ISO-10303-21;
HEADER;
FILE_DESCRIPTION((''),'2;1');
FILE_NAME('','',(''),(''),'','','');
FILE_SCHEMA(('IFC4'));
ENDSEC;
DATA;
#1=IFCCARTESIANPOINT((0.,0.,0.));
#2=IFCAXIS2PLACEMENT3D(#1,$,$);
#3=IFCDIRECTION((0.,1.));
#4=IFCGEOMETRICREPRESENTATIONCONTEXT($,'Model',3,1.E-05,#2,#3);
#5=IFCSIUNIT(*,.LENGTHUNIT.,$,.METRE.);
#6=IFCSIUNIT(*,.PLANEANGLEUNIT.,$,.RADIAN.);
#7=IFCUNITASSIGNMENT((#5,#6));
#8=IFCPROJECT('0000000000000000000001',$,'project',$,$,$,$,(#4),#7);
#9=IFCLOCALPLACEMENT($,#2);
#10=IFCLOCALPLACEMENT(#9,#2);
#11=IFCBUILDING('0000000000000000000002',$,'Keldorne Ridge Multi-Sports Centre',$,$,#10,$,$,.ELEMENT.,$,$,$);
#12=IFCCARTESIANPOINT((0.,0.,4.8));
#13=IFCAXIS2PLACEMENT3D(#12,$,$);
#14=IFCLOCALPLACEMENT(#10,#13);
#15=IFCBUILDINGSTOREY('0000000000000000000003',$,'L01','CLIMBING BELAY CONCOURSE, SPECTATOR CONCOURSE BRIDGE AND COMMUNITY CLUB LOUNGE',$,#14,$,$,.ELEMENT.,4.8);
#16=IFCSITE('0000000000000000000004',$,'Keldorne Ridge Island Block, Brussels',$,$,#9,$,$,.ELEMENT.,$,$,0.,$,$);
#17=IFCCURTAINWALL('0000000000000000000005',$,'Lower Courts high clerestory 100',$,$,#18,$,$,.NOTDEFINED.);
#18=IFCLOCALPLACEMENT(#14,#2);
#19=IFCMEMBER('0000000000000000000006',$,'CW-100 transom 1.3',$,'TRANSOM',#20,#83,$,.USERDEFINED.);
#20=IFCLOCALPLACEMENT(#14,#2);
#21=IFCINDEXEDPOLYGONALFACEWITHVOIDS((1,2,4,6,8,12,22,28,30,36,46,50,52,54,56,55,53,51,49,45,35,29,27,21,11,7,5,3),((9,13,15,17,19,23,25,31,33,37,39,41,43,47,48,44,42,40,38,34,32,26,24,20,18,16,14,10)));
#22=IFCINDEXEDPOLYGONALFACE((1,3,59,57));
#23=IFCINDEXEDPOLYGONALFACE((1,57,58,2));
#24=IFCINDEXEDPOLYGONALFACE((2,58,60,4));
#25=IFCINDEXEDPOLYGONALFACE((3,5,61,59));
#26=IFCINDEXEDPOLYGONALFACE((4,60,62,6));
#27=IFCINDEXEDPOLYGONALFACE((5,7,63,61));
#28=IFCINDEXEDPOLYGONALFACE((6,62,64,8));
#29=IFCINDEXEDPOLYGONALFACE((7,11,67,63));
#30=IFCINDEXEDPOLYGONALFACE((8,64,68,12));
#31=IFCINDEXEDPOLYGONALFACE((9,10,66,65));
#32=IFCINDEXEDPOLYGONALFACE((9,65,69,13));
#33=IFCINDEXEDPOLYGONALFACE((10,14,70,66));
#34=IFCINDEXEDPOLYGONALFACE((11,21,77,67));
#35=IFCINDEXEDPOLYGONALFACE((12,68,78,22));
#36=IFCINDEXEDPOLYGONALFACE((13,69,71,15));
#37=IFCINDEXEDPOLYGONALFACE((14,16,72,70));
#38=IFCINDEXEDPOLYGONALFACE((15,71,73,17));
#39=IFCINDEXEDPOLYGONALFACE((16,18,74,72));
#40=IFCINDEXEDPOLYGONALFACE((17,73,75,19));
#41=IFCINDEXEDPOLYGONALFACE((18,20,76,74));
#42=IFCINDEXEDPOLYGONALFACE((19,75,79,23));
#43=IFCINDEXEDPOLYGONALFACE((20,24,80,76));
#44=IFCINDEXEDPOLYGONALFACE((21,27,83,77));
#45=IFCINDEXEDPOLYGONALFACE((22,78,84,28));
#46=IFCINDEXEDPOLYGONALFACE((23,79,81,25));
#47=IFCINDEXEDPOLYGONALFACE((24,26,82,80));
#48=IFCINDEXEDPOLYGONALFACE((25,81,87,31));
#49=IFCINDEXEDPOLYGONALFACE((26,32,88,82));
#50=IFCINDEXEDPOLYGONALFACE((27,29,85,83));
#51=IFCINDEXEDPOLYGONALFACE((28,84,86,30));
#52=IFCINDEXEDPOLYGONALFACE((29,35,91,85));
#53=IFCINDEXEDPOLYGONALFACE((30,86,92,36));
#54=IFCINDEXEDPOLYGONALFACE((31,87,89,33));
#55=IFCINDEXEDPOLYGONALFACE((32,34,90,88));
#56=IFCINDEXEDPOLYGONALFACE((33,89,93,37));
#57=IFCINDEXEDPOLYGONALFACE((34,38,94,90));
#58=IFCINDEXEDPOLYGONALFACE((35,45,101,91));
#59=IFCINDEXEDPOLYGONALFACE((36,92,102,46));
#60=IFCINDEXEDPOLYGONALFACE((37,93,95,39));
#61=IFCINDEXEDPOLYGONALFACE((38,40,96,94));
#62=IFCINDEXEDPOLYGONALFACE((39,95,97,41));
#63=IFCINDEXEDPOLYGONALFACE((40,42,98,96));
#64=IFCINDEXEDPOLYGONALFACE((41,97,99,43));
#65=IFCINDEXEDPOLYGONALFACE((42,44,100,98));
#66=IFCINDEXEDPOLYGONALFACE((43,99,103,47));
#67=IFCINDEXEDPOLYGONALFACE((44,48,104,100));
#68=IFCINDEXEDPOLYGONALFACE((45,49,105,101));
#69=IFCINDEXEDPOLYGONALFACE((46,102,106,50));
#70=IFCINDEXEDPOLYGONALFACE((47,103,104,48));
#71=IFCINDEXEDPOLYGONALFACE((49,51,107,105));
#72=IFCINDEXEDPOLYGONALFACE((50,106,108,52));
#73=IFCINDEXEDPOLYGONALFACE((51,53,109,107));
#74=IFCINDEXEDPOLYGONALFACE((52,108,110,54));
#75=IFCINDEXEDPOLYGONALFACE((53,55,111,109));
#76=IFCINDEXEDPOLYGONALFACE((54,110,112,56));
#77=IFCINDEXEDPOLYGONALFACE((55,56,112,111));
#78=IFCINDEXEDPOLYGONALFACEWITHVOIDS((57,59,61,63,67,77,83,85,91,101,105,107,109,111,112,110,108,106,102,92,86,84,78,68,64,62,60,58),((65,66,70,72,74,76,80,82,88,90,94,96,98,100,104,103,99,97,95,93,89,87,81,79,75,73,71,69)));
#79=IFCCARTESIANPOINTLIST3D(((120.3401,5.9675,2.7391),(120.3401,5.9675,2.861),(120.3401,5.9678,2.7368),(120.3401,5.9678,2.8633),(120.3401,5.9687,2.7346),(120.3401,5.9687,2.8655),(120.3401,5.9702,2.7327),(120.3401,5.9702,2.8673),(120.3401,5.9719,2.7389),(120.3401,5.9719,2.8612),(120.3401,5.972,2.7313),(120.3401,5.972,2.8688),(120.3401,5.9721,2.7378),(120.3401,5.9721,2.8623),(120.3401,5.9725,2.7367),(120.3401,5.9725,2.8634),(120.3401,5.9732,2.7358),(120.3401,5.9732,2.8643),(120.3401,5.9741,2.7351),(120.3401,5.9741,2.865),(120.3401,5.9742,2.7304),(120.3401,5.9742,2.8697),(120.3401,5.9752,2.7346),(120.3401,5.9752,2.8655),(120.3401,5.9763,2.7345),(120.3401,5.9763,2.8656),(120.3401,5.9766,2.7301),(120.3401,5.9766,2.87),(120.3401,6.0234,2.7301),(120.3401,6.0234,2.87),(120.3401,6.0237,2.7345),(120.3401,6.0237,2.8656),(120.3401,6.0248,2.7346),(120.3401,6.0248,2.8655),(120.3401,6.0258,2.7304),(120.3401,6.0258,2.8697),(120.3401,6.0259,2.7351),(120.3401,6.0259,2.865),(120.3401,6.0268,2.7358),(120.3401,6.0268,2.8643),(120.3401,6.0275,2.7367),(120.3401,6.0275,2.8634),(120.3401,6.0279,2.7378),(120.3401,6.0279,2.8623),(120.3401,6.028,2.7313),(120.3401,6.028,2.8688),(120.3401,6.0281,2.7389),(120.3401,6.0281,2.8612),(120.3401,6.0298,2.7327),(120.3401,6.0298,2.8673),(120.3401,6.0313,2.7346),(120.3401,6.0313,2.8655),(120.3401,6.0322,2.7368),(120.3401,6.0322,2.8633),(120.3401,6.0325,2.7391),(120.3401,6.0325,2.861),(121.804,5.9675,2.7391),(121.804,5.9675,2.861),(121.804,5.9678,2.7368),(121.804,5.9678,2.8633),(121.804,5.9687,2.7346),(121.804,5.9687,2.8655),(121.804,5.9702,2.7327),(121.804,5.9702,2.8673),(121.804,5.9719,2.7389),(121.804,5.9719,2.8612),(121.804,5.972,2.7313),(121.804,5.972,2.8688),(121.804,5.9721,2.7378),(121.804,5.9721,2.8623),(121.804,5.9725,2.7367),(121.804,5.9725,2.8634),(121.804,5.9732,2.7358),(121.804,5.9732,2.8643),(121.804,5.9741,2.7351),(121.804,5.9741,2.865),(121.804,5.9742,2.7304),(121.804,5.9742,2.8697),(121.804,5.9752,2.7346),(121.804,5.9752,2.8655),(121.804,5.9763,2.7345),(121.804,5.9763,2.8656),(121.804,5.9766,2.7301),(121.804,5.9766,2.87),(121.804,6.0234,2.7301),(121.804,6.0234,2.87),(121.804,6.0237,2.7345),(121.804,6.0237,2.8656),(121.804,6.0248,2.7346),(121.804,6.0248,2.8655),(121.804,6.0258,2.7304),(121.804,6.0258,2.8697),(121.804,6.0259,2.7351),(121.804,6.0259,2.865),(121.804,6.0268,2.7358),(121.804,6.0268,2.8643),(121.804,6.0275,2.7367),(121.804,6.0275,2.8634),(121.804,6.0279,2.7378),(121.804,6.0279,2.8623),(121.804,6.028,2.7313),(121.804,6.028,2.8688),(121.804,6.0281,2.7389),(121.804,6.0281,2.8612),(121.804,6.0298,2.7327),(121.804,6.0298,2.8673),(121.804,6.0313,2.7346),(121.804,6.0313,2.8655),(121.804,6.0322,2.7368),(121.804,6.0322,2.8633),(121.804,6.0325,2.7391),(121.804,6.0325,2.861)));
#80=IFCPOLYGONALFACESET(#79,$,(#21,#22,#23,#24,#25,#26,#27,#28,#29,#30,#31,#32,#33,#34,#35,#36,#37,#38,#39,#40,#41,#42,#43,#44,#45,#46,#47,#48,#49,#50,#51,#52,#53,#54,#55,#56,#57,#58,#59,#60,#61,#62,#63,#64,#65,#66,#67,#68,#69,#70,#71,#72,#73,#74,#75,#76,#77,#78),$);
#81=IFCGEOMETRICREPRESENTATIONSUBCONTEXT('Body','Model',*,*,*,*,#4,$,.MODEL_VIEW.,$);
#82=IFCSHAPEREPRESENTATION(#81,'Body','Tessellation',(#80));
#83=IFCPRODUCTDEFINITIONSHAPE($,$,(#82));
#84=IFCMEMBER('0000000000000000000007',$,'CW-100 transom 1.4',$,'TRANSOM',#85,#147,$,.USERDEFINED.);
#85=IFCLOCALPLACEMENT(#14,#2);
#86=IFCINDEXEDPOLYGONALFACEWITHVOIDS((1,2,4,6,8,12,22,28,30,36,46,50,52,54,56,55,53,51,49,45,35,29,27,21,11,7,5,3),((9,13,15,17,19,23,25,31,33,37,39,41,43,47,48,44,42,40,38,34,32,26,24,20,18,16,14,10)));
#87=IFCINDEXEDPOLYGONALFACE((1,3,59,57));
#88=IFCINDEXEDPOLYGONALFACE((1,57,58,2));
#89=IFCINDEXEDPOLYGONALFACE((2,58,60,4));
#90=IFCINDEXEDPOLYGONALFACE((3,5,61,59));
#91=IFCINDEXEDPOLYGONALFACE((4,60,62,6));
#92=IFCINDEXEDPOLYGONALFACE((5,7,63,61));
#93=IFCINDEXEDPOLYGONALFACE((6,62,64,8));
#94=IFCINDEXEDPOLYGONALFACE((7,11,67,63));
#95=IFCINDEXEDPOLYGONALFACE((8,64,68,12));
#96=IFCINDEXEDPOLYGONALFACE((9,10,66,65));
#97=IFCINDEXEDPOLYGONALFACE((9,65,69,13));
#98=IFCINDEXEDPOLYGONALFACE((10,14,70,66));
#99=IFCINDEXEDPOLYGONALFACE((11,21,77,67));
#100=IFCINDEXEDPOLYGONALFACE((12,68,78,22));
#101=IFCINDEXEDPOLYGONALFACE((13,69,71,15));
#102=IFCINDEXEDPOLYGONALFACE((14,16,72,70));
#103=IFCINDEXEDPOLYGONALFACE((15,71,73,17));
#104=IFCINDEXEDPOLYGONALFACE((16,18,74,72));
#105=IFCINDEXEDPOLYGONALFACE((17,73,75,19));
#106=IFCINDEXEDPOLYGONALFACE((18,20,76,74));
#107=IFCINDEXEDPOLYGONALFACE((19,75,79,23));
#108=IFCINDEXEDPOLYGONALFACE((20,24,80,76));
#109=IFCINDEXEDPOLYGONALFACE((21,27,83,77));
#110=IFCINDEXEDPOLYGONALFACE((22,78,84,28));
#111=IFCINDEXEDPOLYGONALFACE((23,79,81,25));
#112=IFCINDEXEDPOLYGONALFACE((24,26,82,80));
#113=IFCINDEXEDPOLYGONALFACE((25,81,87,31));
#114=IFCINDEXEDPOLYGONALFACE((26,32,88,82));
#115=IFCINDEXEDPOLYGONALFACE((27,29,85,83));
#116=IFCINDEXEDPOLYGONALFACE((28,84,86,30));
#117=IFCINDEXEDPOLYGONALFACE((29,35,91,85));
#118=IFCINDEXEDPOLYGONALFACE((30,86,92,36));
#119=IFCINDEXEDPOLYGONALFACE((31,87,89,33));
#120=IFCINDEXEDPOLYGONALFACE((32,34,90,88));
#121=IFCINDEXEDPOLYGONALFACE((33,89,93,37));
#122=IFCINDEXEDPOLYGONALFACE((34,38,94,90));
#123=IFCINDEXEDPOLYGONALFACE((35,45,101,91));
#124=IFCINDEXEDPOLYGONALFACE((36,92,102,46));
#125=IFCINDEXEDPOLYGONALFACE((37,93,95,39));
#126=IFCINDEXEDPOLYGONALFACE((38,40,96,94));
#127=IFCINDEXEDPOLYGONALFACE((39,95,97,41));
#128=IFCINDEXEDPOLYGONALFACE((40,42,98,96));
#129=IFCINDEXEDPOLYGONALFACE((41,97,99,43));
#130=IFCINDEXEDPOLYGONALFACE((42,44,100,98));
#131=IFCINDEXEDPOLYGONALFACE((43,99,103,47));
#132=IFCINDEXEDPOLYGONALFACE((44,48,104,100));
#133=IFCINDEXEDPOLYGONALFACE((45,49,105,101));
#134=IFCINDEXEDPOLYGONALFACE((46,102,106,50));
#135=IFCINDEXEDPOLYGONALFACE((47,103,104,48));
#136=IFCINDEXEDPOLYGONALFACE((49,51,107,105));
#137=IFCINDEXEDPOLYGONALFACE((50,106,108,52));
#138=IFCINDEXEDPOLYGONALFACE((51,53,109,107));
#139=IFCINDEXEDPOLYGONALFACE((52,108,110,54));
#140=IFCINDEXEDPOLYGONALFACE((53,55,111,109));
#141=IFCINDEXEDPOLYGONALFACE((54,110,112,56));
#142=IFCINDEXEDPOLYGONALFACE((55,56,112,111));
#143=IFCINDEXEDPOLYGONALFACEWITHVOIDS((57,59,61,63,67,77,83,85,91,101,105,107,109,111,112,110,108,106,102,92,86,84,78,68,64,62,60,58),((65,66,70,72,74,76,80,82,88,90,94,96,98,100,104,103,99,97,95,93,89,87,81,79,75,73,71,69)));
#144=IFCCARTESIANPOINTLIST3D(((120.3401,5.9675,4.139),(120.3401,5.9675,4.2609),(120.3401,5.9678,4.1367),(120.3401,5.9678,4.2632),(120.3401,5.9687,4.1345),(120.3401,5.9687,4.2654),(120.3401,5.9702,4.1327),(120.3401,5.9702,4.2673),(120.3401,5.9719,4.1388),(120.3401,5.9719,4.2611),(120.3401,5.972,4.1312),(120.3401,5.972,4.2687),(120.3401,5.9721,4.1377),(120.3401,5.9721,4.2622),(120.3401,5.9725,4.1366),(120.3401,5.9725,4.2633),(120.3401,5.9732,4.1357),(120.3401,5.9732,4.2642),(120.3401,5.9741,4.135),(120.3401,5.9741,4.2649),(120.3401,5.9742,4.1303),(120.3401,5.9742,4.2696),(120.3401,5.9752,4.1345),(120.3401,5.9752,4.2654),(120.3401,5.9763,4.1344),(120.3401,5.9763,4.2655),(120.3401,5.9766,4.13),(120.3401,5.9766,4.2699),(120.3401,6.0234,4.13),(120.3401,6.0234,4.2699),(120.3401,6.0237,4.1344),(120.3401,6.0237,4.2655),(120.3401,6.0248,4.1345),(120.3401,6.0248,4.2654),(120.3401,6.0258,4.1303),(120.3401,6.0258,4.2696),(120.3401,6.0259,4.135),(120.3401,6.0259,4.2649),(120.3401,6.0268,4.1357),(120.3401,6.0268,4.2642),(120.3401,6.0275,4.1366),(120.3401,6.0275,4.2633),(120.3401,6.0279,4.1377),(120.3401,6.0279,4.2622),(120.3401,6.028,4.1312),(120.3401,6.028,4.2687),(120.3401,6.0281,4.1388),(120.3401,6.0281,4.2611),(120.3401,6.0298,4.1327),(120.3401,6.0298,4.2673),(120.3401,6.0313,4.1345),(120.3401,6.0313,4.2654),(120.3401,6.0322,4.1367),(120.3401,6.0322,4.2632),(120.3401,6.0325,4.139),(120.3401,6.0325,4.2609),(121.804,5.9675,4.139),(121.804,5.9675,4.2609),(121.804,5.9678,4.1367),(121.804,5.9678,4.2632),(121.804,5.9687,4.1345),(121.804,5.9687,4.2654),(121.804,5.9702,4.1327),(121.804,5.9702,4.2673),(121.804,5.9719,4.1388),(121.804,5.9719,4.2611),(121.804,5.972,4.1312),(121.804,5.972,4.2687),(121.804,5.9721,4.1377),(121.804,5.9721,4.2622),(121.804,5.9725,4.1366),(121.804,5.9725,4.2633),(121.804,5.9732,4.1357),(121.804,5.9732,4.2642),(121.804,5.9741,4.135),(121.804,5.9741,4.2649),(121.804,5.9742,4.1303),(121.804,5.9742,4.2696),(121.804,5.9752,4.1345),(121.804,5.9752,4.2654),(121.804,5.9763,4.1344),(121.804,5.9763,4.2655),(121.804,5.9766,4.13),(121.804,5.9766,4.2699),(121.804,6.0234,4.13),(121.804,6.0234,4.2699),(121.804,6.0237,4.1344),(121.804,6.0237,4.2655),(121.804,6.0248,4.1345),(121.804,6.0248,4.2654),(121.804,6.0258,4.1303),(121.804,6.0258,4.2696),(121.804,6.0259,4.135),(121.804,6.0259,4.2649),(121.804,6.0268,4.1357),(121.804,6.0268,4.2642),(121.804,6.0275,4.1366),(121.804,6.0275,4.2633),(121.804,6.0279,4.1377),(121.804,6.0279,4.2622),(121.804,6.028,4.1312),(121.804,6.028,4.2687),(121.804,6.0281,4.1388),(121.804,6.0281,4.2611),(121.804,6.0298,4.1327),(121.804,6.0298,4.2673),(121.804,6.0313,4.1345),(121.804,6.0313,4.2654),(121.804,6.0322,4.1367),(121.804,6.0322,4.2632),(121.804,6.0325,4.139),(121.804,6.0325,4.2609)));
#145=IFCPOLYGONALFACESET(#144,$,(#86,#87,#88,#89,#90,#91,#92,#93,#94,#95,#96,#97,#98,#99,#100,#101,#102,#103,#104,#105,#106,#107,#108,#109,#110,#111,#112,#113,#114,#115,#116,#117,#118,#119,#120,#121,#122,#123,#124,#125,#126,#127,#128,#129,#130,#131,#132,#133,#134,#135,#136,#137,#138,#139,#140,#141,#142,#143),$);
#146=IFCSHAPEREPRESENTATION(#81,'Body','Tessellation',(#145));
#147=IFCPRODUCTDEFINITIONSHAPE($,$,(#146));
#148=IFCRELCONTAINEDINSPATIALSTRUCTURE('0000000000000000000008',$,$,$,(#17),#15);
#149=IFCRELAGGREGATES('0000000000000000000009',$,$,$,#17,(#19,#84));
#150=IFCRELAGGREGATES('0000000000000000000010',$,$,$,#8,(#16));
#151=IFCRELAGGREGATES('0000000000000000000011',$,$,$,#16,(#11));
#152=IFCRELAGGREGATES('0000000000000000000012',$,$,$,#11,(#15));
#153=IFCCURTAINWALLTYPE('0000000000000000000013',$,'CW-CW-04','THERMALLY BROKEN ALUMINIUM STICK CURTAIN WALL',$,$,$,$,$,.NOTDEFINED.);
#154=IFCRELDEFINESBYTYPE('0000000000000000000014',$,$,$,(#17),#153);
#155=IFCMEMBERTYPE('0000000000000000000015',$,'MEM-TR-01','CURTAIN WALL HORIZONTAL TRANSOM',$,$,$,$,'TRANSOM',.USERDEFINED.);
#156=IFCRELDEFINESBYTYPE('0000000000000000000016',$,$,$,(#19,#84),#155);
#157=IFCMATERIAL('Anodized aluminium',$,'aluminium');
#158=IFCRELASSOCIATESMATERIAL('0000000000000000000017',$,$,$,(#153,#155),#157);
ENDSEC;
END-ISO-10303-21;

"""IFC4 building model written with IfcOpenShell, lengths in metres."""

from ifc_helpers import new_model, si_unit, direction, frame, origin, origin_2d, place, context, subcontext, project, spatial, hollow_rectangle, extrude, material, material_profile, profile_set, type_object, element, aggregate, save


model = new_model("IFC4")

# Units and contexts
model_context = context("Model", 3, precision=1e-05, world=origin(), true_north=direction((0.0, 1.0)))
body_context = subcontext(model_context, "Body", "Model", "MODEL_VIEW")
ifc_project = project(units=[si_unit("LENGTHUNIT", "METRE"), si_unit("PLANEANGLEUNIT", "RADIAN")], contexts=[model_context])

# Site, building, storey
site_placement = place(None, origin())
site = spatial("IfcSite", under=ifc_project, at=site_placement, Name="Keldorne Ridge Island Block, Brussels", CompositionType="ELEMENT", RefElevation=0.0)
building_placement = place(site_placement, origin())
building = spatial("IfcBuilding", under=site, at=building_placement, Name="Keldorne Ridge Multi-Sports Centre", CompositionType="ELEMENT")
storey_placement = place(building_placement, frame((0.0, 0.0, 4.8)))
storey = spatial("IfcBuildingStorey", under=building, at=storey_placement, Name="L01", Description="CLIMBING BELAY CONCOURSE, SPECTATOR CONCOURSE BRIDGE AND COMMUNITY CLUB LOUNGE", CompositionType="ELEMENT", Elevation=4.8)

# Curtain wall, members
ifc_material_1 = material(Name="Anodized aluminium", Category="aluminium")
curtain_wall_type = type_object("IfcCurtainWallType", Name="CW-CW-04", Description="THERMALLY BROKEN ALUMINIUM STICK CURTAIN WALL", PredefinedType="NOTDEFINED", material=ifc_material_1)
curtain_wall_placement = place(storey_placement, origin())
curtain_wall = element("IfcCurtainWall", 1, at=curtain_wall_placement, inside=storey, type_object=curtain_wall_type, Name="Lower Courts high clerestory 100", PredefinedType="NOTDEFINED")
ifc_material_profile_1 = material_profile(ifc_material_1, hollow_rectangle(XDim=0.0649, YDim=0.1399, WallThickness=0.0044, InnerFilletRadius=0.0044, OuterFilletRadius=0.009, at=origin_2d()), Name="ALU TRANSOM 140x65x4.5")
ifc_profile_set_1 = profile_set([ifc_material_profile_1], Name="Anodized aluminium")
member_type_1 = type_object("IfcMemberType", Name="MEM-TR-01", Description="CURTAIN WALL HORIZONTAL TRANSOM", ElementType="TRANSOM", PredefinedType="USERDEFINED", material=ifc_profile_set_1)
member_1_placement = place(storey_placement, frame((120.3401, 6.0, 2.8), z_axis=(1.0, 0.0, 0.0), x_axis=(0.0, 1.0, 0.0)))
member_1 = element("IfcMember", 2, at=member_1_placement, type_object=member_type_1, Name="CW-100 transom 1.3", ObjectType="TRANSOM", PredefinedType="USERDEFINED", context=body_context, shape_type="SweptSolid", body=[
    extrude(hollow_rectangle(XDim=0.0649, YDim=0.1399, WallThickness=0.0044, InnerFilletRadius=0.0044, OuterFilletRadius=0.009, at=origin_2d()), origin(), (0.0, 0.0, 1.0), 1.4639),
])
member_2_placement = place(storey_placement, frame((120.3401, 6.0, 4.2), z_axis=(1.0, 0.0, 0.0), x_axis=(0.0, 1.0, 0.0)))
member_2 = element("IfcMember", 3, at=member_2_placement, type_object=member_type_1, Name="CW-100 transom 1.4", ObjectType="TRANSOM", PredefinedType="USERDEFINED", context=body_context, shape_type="SweptSolid", body=[
    extrude(hollow_rectangle(XDim=0.0649, YDim=0.1399, WallThickness=0.0044, InnerFilletRadius=0.0044, OuterFilletRadius=0.009, at=origin_2d()), origin(), (0.0, 0.0, 1.0), 1.4639),
])

aggregate(curtain_wall, [member_1, member_2])

save(model, "model.ifc")
